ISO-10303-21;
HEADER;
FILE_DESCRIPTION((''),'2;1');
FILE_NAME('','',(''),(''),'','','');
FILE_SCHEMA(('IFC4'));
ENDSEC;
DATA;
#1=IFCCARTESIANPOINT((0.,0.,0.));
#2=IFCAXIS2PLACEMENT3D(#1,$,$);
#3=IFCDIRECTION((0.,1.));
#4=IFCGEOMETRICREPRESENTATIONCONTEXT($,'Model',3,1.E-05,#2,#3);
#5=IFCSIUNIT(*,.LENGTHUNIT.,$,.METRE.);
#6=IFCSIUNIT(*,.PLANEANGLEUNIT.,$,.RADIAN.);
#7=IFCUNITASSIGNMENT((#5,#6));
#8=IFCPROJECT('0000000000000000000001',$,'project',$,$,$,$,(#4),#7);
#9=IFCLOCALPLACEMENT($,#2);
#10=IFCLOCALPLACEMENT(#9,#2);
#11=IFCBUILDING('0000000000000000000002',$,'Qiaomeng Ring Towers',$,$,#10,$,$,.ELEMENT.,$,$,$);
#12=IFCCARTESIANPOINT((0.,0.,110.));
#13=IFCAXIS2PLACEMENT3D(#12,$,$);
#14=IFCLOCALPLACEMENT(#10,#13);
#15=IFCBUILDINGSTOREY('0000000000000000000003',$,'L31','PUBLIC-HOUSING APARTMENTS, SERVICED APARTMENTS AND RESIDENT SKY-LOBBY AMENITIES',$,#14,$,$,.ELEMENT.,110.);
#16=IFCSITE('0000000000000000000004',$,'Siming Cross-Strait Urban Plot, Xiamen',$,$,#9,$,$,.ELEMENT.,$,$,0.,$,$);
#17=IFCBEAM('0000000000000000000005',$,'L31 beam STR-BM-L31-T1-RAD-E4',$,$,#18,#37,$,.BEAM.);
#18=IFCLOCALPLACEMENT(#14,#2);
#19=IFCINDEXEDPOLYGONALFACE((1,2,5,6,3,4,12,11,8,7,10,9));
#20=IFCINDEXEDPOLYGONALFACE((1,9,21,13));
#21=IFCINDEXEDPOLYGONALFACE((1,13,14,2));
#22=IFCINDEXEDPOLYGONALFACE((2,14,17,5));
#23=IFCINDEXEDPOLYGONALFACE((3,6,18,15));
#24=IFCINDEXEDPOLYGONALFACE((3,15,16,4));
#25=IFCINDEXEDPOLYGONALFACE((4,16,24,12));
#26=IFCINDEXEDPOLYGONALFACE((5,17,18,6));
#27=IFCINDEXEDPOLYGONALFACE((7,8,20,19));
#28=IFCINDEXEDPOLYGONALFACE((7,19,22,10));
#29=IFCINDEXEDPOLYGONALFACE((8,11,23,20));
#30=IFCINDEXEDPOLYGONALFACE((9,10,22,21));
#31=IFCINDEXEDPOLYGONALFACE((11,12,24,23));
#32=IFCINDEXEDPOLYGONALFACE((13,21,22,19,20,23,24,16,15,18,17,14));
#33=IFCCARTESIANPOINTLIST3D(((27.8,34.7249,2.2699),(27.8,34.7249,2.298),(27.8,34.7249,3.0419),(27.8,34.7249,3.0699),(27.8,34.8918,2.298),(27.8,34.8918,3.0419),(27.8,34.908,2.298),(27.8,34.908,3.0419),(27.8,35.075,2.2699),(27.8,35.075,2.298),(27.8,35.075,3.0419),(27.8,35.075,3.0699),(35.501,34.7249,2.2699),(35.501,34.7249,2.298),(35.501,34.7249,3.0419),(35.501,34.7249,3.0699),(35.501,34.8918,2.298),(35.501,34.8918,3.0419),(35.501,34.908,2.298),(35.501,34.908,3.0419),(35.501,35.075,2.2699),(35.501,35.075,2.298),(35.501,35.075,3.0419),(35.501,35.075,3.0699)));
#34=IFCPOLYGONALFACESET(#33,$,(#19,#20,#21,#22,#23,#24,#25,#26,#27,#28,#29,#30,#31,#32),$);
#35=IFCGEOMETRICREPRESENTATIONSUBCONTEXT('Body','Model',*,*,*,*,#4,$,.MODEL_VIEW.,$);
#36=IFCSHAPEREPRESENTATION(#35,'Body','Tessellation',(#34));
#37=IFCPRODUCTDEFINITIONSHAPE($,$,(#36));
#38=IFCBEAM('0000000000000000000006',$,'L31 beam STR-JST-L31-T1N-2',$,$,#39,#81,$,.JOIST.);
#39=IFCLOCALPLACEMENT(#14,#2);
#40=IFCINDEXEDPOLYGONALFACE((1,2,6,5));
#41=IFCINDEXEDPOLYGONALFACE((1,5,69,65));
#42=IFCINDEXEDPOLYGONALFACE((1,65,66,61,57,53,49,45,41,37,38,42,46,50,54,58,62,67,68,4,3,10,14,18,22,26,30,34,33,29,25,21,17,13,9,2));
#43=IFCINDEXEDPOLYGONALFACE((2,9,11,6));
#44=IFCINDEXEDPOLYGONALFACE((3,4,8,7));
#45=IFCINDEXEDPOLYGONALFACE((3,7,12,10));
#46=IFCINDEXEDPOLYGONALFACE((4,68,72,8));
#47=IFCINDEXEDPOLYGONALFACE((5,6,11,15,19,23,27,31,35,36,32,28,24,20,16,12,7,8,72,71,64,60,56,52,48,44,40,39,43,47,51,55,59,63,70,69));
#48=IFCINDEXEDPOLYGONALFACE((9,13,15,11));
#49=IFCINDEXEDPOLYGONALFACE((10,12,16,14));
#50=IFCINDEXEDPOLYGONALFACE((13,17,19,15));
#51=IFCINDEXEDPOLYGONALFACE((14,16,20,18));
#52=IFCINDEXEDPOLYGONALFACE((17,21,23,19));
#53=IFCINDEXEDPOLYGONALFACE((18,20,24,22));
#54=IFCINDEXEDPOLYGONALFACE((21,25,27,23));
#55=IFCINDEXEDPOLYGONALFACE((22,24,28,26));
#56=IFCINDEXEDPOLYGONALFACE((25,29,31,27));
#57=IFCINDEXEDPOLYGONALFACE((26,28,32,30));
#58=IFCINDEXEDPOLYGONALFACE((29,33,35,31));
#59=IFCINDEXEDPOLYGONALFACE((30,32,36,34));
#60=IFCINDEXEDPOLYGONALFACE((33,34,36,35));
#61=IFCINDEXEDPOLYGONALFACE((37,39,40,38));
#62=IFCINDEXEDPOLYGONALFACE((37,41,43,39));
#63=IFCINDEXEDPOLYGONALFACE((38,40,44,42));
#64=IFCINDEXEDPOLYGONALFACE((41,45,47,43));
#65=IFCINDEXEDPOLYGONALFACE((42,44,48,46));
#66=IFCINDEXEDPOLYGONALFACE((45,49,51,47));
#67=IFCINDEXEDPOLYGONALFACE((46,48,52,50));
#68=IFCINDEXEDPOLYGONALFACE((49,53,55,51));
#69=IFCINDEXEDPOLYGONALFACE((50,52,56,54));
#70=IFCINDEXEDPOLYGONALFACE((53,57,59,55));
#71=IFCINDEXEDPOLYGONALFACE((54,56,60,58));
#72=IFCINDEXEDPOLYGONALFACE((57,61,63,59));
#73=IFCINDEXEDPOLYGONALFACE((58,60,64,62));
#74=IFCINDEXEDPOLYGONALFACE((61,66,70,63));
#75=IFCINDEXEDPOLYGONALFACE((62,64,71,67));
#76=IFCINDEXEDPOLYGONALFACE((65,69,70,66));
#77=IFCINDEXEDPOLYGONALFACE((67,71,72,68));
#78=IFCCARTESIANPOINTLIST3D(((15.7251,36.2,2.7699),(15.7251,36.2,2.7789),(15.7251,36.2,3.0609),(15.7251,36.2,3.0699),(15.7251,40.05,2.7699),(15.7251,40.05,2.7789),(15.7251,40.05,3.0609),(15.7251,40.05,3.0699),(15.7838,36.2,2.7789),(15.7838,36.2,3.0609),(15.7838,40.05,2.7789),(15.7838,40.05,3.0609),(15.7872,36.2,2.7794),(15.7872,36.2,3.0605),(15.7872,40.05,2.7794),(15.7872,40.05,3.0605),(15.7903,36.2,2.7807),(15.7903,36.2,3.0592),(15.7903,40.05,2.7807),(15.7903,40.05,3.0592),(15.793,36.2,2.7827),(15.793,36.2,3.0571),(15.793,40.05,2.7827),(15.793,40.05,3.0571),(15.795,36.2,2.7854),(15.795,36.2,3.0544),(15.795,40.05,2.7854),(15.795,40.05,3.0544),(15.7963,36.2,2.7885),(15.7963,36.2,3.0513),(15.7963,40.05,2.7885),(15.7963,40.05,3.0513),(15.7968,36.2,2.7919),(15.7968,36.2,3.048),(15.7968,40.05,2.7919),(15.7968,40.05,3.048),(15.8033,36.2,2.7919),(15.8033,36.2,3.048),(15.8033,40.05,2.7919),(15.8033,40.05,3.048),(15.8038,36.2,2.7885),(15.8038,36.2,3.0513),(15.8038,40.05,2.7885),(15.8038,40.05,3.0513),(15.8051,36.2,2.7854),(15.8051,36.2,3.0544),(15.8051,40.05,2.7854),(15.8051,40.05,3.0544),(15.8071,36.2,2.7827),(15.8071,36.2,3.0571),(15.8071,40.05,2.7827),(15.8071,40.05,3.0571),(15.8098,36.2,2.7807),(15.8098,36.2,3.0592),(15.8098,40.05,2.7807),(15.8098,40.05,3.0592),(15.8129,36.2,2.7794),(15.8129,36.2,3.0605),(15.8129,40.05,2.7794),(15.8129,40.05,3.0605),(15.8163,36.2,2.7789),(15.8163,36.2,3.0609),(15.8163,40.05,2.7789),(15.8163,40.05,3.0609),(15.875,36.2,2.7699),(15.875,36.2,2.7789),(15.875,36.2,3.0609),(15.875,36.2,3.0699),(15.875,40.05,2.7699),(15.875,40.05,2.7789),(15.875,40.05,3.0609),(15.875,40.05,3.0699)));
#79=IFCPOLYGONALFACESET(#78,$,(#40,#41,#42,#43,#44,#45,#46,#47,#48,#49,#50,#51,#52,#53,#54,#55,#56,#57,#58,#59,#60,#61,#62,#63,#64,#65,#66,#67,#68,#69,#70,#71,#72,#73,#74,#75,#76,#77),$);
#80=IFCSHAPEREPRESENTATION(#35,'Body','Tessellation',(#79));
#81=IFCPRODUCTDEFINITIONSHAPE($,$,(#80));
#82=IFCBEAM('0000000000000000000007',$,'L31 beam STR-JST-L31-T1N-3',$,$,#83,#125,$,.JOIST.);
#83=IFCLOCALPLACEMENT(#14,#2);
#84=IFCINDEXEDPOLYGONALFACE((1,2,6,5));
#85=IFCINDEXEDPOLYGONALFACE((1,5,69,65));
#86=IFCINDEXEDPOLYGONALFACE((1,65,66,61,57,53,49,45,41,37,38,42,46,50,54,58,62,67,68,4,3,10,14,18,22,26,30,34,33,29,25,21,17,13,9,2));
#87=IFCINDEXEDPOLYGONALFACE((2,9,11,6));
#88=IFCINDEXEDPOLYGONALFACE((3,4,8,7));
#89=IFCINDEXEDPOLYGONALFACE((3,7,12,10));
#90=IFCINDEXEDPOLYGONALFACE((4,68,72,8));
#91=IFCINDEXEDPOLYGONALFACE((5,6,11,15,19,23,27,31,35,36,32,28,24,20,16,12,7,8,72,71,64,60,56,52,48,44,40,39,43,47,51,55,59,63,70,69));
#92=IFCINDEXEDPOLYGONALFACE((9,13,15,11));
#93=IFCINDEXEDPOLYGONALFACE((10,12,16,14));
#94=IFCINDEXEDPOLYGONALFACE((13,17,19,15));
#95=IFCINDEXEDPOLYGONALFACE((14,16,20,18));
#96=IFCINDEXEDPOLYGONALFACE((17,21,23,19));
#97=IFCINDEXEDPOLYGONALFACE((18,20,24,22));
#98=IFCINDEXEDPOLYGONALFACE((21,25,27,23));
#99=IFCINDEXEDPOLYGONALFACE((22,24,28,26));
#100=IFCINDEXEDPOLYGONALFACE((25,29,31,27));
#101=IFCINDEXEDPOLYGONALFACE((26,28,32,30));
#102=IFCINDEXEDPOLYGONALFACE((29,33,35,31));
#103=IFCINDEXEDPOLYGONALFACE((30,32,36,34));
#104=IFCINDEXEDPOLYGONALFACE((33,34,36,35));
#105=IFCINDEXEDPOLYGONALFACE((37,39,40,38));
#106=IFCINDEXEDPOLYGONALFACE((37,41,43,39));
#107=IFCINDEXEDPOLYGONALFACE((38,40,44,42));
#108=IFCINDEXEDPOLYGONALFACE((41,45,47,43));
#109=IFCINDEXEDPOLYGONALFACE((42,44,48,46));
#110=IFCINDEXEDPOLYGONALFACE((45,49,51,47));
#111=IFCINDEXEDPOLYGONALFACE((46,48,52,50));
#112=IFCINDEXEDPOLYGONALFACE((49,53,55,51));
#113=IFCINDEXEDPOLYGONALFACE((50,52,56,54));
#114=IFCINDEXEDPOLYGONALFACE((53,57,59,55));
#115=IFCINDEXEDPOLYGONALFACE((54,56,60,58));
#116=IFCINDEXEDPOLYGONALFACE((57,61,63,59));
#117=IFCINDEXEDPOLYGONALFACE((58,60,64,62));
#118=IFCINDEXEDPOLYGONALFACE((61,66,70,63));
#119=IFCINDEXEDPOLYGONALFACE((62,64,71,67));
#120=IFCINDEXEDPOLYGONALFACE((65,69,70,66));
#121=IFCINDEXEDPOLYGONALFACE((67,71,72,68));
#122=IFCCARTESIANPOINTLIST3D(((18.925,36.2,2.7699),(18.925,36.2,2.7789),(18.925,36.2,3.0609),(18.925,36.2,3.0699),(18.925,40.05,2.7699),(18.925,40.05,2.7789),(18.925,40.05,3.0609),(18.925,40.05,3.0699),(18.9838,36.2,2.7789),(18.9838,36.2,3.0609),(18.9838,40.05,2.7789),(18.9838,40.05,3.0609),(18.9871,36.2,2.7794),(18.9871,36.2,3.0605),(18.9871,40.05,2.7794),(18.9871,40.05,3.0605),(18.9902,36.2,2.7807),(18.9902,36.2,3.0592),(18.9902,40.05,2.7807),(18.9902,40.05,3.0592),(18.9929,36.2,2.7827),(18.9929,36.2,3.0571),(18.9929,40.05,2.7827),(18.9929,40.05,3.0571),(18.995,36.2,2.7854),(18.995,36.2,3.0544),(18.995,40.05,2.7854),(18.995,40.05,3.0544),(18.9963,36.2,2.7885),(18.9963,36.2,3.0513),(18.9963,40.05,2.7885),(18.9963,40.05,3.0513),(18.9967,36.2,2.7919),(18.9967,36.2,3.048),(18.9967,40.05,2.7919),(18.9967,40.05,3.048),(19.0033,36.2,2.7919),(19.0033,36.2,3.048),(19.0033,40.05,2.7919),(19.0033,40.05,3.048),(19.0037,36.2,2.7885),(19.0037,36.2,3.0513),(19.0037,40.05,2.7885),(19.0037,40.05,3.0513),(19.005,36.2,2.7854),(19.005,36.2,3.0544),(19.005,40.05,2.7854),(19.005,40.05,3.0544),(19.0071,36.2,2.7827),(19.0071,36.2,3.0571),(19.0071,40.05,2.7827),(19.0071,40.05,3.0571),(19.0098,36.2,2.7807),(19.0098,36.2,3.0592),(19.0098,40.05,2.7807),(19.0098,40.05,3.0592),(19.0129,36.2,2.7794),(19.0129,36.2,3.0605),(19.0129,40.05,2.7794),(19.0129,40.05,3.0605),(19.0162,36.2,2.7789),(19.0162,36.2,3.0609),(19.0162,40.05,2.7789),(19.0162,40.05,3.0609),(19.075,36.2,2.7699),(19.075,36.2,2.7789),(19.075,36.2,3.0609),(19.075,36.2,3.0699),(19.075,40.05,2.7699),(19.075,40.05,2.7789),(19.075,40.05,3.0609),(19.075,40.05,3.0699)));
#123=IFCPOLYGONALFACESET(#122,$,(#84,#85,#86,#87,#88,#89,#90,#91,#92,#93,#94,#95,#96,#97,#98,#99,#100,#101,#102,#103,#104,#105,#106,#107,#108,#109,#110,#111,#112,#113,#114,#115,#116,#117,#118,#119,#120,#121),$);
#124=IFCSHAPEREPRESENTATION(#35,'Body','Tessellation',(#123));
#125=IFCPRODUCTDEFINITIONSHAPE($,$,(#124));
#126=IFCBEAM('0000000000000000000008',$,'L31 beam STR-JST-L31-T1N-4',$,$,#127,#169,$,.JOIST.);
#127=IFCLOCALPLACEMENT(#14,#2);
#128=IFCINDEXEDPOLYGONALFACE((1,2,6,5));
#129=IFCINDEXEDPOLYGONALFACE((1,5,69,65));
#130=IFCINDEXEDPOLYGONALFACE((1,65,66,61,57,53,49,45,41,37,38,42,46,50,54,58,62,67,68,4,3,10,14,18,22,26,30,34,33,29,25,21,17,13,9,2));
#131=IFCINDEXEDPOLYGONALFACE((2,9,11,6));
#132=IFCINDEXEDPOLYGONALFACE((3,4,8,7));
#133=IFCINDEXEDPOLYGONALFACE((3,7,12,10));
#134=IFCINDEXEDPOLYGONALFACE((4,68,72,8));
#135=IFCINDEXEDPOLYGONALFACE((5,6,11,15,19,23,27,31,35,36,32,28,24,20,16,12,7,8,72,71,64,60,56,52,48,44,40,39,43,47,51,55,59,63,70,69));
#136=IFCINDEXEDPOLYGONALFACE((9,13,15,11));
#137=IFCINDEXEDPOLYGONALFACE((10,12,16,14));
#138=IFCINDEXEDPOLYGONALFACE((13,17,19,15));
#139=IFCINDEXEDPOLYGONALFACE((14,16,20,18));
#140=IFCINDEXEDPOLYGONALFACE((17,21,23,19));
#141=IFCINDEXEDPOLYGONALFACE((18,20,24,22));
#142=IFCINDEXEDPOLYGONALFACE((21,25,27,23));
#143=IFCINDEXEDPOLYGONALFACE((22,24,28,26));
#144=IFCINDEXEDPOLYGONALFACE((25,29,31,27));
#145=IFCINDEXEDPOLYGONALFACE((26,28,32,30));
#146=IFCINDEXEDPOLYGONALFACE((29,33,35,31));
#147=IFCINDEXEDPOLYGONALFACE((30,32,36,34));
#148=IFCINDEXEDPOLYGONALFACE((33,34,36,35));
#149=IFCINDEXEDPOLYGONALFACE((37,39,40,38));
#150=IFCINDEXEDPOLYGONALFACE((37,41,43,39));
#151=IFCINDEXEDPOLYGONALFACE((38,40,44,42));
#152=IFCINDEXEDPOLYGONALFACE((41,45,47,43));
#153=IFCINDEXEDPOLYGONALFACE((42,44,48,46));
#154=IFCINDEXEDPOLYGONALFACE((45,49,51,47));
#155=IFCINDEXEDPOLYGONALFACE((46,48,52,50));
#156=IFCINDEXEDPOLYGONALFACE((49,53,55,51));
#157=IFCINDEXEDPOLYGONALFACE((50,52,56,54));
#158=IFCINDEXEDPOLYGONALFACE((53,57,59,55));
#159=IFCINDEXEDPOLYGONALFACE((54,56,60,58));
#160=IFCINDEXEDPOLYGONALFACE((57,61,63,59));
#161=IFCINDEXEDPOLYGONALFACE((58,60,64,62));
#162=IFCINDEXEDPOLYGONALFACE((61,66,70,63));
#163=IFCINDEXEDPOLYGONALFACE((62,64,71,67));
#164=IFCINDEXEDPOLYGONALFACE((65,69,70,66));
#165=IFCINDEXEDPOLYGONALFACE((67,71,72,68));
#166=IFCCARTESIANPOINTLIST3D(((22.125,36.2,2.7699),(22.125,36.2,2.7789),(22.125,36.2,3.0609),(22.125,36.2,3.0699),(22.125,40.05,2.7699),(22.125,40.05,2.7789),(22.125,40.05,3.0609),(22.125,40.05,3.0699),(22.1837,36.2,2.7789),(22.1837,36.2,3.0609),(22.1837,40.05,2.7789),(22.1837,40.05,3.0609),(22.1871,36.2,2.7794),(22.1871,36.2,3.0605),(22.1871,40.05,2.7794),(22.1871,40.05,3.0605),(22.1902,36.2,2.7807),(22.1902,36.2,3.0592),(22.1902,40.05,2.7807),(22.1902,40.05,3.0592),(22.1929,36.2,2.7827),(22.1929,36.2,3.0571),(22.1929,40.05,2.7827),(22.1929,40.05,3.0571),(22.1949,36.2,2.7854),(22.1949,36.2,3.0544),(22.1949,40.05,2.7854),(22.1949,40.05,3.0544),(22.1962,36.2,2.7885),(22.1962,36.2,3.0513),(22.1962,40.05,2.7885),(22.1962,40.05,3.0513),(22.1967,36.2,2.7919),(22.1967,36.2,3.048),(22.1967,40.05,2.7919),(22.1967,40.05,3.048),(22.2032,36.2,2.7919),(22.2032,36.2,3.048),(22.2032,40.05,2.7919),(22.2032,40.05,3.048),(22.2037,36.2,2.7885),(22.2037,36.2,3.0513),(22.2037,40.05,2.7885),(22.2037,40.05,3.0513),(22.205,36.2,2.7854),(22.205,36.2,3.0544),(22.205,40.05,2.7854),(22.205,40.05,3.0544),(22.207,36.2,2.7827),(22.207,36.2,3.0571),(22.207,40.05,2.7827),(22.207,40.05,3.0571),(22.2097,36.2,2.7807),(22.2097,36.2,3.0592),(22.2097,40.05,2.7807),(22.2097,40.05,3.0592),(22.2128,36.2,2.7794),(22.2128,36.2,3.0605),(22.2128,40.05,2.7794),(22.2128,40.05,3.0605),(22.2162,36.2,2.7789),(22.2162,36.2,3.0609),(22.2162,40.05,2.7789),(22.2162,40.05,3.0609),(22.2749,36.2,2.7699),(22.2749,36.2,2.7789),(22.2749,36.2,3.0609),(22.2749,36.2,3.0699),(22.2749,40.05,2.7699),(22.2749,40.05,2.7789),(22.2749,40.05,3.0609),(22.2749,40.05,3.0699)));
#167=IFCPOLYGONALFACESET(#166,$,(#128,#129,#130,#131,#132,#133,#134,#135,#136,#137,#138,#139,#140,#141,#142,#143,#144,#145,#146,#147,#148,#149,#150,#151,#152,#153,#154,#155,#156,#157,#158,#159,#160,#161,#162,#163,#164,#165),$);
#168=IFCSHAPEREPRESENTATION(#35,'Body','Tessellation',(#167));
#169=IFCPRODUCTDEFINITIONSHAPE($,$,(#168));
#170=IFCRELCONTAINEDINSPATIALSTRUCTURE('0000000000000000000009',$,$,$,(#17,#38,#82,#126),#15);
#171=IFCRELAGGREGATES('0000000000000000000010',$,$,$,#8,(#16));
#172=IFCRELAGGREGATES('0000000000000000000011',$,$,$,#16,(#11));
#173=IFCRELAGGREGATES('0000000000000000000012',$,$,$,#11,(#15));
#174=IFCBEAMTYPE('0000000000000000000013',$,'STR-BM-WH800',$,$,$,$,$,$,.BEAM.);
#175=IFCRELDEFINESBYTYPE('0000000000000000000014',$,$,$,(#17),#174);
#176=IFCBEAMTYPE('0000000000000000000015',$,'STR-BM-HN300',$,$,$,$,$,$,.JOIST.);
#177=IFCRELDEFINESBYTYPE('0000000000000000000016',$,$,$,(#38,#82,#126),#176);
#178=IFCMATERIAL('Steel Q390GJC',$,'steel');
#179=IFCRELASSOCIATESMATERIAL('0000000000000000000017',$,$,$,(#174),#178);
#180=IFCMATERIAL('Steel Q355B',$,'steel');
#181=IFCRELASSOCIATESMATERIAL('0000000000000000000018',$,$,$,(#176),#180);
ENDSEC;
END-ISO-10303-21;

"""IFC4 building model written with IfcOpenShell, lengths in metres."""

from ifc_helpers import new_model, si_unit, direction, frame, origin, origin_2d, place, context, subcontext, project, spatial, i_section, extrude, source, transform, mapped, material, material_profile, profile_set, type_object, element, save


model = new_model("IFC4")

# Units and contexts
model_context = context("Model", 3, precision=1e-05, world=origin(), true_north=direction((0.0, 1.0)))
body_context = subcontext(model_context, "Body", "Model", "MODEL_VIEW")
ifc_project = project(units=[si_unit("LENGTHUNIT", "METRE"), si_unit("PLANEANGLEUNIT", "RADIAN")], contexts=[model_context])

# Site, building, storey
site_placement = place(None, origin())
site = spatial("IfcSite", under=ifc_project, at=site_placement, Name="Siming Cross-Strait Urban Plot, Xiamen", CompositionType="ELEMENT", RefElevation=0.0)
building_placement = place(site_placement, origin())
building = spatial("IfcBuilding", under=site, at=building_placement, Name="Qiaomeng Ring Towers", CompositionType="ELEMENT")
storey_placement = place(building_placement, frame((0.0, 0.0, 110.0)))
storey = spatial("IfcBuildingStorey", under=building, at=storey_placement, Name="L31", Description="PUBLIC-HOUSING APARTMENTS, SERVICED APARTMENTS AND RESIDENT SKY-LOBBY AMENITIES", CompositionType="ELEMENT", Elevation=110.0)

# Beams
ifc_material_1 = material(Name="Steel Q390GJC", Category="steel")
ifc_material_profile_1 = material_profile(ifc_material_1, i_section(OverallWidth=0.3501, OverallDepth=0.8, WebThickness=0.0161, FlangeThickness=0.0281, at=origin_2d()), Name="WH 800x350x16x28")
ifc_profile_set_1 = profile_set([ifc_material_profile_1], Name="Steel Q390GJC")
beam_type_1 = type_object("IfcBeamType", Name="STR-BM-WH800", PredefinedType="BEAM", material=ifc_profile_set_1)
shared_shape_1 = source(origin(), body_context, "Body", "SweptSolid", [
    extrude(i_section(OverallWidth=0.3501, OverallDepth=0.8, WebThickness=0.0161, FlangeThickness=0.0281, at=origin_2d()), origin(), (0.0, 0.0, 1.0), 7.7009),
])
beam_placement = place(storey_placement, frame((27.8, 34.8999, 2.6699), z_axis=(1.0, 0.0, 0.0), x_axis=(0.0, 1.0, 0.0)))
element("IfcBeam", 1, at=beam_placement, inside=storey, type_object=beam_type_1, Name="L31 beam STR-BM-L31-T1-RAD-E4", PredefinedType="BEAM", context=body_context, shape_type="MappedRepresentation", body=[
    mapped(shared_shape_1, transform((0.0, 0.0, 0.0), x_axis=(1.0, 0.0, 0.0), y_axis=(0.0, 1.0, 0.0), z_axis=(0.0, 0.0, 1.0), scale=1.0)),
])
ifc_material_2 = material(Name="Steel Q355B", Category="steel")
ifc_material_profile_2 = material_profile(ifc_material_2, i_section(OverallWidth=0.1499, OverallDepth=0.3, WebThickness=0.0066, FlangeThickness=0.009, FilletRadius=0.0129, at=origin_2d()), Name="HN 300x150x6.5x9")
ifc_profile_set_2 = profile_set([ifc_material_profile_2], Name="Steel Q355B")
beam_type_2 = type_object("IfcBeamType", Name="STR-BM-HN300", PredefinedType="JOIST", material=ifc_profile_set_2)
shared_shape_2 = source(origin(), body_context, "Body", "SweptSolid", [
    extrude(i_section(OverallWidth=0.1499, OverallDepth=0.3, WebThickness=0.0066, FlangeThickness=0.009, FilletRadius=0.0129, at=origin_2d()), origin(), (0.0, 0.0, 1.0), 3.8501),
])
for number, where, z_axis, x_axis, name in (
    (2, (15.8, 36.2, 2.9199), (0.0, 1.0, 0.0), (-1.0, 0.0, 0.0), "L31 beam STR-JST-L31-T1N-2"),
    (3, (19.0, 36.2, 2.9199), (0.0, 1.0, 0.0), (-1.0, 0.0, 0.0), "L31 beam STR-JST-L31-T1N-3"),
    (4, (22.2, 36.2, 2.9199), (0.0, 1.0, 0.0), (-1.0, 0.0, 0.0), "L31 beam STR-JST-L31-T1N-4"),
):
    element("IfcBeam", number, at=place(storey_placement, frame(where, z_axis=z_axis, x_axis=x_axis)), inside=storey, type_object=beam_type_2, Name=name, PredefinedType="JOIST", context=body_context, shape_type="MappedRepresentation", body=[
        mapped(shared_shape_2, transform((0.0, 0.0, 0.0), x_axis=(1.0, 0.0, 0.0), y_axis=(0.0, 1.0, 0.0), z_axis=(0.0, 0.0, 1.0), scale=1.0)),
    ])

save(model, "model.ifc")
